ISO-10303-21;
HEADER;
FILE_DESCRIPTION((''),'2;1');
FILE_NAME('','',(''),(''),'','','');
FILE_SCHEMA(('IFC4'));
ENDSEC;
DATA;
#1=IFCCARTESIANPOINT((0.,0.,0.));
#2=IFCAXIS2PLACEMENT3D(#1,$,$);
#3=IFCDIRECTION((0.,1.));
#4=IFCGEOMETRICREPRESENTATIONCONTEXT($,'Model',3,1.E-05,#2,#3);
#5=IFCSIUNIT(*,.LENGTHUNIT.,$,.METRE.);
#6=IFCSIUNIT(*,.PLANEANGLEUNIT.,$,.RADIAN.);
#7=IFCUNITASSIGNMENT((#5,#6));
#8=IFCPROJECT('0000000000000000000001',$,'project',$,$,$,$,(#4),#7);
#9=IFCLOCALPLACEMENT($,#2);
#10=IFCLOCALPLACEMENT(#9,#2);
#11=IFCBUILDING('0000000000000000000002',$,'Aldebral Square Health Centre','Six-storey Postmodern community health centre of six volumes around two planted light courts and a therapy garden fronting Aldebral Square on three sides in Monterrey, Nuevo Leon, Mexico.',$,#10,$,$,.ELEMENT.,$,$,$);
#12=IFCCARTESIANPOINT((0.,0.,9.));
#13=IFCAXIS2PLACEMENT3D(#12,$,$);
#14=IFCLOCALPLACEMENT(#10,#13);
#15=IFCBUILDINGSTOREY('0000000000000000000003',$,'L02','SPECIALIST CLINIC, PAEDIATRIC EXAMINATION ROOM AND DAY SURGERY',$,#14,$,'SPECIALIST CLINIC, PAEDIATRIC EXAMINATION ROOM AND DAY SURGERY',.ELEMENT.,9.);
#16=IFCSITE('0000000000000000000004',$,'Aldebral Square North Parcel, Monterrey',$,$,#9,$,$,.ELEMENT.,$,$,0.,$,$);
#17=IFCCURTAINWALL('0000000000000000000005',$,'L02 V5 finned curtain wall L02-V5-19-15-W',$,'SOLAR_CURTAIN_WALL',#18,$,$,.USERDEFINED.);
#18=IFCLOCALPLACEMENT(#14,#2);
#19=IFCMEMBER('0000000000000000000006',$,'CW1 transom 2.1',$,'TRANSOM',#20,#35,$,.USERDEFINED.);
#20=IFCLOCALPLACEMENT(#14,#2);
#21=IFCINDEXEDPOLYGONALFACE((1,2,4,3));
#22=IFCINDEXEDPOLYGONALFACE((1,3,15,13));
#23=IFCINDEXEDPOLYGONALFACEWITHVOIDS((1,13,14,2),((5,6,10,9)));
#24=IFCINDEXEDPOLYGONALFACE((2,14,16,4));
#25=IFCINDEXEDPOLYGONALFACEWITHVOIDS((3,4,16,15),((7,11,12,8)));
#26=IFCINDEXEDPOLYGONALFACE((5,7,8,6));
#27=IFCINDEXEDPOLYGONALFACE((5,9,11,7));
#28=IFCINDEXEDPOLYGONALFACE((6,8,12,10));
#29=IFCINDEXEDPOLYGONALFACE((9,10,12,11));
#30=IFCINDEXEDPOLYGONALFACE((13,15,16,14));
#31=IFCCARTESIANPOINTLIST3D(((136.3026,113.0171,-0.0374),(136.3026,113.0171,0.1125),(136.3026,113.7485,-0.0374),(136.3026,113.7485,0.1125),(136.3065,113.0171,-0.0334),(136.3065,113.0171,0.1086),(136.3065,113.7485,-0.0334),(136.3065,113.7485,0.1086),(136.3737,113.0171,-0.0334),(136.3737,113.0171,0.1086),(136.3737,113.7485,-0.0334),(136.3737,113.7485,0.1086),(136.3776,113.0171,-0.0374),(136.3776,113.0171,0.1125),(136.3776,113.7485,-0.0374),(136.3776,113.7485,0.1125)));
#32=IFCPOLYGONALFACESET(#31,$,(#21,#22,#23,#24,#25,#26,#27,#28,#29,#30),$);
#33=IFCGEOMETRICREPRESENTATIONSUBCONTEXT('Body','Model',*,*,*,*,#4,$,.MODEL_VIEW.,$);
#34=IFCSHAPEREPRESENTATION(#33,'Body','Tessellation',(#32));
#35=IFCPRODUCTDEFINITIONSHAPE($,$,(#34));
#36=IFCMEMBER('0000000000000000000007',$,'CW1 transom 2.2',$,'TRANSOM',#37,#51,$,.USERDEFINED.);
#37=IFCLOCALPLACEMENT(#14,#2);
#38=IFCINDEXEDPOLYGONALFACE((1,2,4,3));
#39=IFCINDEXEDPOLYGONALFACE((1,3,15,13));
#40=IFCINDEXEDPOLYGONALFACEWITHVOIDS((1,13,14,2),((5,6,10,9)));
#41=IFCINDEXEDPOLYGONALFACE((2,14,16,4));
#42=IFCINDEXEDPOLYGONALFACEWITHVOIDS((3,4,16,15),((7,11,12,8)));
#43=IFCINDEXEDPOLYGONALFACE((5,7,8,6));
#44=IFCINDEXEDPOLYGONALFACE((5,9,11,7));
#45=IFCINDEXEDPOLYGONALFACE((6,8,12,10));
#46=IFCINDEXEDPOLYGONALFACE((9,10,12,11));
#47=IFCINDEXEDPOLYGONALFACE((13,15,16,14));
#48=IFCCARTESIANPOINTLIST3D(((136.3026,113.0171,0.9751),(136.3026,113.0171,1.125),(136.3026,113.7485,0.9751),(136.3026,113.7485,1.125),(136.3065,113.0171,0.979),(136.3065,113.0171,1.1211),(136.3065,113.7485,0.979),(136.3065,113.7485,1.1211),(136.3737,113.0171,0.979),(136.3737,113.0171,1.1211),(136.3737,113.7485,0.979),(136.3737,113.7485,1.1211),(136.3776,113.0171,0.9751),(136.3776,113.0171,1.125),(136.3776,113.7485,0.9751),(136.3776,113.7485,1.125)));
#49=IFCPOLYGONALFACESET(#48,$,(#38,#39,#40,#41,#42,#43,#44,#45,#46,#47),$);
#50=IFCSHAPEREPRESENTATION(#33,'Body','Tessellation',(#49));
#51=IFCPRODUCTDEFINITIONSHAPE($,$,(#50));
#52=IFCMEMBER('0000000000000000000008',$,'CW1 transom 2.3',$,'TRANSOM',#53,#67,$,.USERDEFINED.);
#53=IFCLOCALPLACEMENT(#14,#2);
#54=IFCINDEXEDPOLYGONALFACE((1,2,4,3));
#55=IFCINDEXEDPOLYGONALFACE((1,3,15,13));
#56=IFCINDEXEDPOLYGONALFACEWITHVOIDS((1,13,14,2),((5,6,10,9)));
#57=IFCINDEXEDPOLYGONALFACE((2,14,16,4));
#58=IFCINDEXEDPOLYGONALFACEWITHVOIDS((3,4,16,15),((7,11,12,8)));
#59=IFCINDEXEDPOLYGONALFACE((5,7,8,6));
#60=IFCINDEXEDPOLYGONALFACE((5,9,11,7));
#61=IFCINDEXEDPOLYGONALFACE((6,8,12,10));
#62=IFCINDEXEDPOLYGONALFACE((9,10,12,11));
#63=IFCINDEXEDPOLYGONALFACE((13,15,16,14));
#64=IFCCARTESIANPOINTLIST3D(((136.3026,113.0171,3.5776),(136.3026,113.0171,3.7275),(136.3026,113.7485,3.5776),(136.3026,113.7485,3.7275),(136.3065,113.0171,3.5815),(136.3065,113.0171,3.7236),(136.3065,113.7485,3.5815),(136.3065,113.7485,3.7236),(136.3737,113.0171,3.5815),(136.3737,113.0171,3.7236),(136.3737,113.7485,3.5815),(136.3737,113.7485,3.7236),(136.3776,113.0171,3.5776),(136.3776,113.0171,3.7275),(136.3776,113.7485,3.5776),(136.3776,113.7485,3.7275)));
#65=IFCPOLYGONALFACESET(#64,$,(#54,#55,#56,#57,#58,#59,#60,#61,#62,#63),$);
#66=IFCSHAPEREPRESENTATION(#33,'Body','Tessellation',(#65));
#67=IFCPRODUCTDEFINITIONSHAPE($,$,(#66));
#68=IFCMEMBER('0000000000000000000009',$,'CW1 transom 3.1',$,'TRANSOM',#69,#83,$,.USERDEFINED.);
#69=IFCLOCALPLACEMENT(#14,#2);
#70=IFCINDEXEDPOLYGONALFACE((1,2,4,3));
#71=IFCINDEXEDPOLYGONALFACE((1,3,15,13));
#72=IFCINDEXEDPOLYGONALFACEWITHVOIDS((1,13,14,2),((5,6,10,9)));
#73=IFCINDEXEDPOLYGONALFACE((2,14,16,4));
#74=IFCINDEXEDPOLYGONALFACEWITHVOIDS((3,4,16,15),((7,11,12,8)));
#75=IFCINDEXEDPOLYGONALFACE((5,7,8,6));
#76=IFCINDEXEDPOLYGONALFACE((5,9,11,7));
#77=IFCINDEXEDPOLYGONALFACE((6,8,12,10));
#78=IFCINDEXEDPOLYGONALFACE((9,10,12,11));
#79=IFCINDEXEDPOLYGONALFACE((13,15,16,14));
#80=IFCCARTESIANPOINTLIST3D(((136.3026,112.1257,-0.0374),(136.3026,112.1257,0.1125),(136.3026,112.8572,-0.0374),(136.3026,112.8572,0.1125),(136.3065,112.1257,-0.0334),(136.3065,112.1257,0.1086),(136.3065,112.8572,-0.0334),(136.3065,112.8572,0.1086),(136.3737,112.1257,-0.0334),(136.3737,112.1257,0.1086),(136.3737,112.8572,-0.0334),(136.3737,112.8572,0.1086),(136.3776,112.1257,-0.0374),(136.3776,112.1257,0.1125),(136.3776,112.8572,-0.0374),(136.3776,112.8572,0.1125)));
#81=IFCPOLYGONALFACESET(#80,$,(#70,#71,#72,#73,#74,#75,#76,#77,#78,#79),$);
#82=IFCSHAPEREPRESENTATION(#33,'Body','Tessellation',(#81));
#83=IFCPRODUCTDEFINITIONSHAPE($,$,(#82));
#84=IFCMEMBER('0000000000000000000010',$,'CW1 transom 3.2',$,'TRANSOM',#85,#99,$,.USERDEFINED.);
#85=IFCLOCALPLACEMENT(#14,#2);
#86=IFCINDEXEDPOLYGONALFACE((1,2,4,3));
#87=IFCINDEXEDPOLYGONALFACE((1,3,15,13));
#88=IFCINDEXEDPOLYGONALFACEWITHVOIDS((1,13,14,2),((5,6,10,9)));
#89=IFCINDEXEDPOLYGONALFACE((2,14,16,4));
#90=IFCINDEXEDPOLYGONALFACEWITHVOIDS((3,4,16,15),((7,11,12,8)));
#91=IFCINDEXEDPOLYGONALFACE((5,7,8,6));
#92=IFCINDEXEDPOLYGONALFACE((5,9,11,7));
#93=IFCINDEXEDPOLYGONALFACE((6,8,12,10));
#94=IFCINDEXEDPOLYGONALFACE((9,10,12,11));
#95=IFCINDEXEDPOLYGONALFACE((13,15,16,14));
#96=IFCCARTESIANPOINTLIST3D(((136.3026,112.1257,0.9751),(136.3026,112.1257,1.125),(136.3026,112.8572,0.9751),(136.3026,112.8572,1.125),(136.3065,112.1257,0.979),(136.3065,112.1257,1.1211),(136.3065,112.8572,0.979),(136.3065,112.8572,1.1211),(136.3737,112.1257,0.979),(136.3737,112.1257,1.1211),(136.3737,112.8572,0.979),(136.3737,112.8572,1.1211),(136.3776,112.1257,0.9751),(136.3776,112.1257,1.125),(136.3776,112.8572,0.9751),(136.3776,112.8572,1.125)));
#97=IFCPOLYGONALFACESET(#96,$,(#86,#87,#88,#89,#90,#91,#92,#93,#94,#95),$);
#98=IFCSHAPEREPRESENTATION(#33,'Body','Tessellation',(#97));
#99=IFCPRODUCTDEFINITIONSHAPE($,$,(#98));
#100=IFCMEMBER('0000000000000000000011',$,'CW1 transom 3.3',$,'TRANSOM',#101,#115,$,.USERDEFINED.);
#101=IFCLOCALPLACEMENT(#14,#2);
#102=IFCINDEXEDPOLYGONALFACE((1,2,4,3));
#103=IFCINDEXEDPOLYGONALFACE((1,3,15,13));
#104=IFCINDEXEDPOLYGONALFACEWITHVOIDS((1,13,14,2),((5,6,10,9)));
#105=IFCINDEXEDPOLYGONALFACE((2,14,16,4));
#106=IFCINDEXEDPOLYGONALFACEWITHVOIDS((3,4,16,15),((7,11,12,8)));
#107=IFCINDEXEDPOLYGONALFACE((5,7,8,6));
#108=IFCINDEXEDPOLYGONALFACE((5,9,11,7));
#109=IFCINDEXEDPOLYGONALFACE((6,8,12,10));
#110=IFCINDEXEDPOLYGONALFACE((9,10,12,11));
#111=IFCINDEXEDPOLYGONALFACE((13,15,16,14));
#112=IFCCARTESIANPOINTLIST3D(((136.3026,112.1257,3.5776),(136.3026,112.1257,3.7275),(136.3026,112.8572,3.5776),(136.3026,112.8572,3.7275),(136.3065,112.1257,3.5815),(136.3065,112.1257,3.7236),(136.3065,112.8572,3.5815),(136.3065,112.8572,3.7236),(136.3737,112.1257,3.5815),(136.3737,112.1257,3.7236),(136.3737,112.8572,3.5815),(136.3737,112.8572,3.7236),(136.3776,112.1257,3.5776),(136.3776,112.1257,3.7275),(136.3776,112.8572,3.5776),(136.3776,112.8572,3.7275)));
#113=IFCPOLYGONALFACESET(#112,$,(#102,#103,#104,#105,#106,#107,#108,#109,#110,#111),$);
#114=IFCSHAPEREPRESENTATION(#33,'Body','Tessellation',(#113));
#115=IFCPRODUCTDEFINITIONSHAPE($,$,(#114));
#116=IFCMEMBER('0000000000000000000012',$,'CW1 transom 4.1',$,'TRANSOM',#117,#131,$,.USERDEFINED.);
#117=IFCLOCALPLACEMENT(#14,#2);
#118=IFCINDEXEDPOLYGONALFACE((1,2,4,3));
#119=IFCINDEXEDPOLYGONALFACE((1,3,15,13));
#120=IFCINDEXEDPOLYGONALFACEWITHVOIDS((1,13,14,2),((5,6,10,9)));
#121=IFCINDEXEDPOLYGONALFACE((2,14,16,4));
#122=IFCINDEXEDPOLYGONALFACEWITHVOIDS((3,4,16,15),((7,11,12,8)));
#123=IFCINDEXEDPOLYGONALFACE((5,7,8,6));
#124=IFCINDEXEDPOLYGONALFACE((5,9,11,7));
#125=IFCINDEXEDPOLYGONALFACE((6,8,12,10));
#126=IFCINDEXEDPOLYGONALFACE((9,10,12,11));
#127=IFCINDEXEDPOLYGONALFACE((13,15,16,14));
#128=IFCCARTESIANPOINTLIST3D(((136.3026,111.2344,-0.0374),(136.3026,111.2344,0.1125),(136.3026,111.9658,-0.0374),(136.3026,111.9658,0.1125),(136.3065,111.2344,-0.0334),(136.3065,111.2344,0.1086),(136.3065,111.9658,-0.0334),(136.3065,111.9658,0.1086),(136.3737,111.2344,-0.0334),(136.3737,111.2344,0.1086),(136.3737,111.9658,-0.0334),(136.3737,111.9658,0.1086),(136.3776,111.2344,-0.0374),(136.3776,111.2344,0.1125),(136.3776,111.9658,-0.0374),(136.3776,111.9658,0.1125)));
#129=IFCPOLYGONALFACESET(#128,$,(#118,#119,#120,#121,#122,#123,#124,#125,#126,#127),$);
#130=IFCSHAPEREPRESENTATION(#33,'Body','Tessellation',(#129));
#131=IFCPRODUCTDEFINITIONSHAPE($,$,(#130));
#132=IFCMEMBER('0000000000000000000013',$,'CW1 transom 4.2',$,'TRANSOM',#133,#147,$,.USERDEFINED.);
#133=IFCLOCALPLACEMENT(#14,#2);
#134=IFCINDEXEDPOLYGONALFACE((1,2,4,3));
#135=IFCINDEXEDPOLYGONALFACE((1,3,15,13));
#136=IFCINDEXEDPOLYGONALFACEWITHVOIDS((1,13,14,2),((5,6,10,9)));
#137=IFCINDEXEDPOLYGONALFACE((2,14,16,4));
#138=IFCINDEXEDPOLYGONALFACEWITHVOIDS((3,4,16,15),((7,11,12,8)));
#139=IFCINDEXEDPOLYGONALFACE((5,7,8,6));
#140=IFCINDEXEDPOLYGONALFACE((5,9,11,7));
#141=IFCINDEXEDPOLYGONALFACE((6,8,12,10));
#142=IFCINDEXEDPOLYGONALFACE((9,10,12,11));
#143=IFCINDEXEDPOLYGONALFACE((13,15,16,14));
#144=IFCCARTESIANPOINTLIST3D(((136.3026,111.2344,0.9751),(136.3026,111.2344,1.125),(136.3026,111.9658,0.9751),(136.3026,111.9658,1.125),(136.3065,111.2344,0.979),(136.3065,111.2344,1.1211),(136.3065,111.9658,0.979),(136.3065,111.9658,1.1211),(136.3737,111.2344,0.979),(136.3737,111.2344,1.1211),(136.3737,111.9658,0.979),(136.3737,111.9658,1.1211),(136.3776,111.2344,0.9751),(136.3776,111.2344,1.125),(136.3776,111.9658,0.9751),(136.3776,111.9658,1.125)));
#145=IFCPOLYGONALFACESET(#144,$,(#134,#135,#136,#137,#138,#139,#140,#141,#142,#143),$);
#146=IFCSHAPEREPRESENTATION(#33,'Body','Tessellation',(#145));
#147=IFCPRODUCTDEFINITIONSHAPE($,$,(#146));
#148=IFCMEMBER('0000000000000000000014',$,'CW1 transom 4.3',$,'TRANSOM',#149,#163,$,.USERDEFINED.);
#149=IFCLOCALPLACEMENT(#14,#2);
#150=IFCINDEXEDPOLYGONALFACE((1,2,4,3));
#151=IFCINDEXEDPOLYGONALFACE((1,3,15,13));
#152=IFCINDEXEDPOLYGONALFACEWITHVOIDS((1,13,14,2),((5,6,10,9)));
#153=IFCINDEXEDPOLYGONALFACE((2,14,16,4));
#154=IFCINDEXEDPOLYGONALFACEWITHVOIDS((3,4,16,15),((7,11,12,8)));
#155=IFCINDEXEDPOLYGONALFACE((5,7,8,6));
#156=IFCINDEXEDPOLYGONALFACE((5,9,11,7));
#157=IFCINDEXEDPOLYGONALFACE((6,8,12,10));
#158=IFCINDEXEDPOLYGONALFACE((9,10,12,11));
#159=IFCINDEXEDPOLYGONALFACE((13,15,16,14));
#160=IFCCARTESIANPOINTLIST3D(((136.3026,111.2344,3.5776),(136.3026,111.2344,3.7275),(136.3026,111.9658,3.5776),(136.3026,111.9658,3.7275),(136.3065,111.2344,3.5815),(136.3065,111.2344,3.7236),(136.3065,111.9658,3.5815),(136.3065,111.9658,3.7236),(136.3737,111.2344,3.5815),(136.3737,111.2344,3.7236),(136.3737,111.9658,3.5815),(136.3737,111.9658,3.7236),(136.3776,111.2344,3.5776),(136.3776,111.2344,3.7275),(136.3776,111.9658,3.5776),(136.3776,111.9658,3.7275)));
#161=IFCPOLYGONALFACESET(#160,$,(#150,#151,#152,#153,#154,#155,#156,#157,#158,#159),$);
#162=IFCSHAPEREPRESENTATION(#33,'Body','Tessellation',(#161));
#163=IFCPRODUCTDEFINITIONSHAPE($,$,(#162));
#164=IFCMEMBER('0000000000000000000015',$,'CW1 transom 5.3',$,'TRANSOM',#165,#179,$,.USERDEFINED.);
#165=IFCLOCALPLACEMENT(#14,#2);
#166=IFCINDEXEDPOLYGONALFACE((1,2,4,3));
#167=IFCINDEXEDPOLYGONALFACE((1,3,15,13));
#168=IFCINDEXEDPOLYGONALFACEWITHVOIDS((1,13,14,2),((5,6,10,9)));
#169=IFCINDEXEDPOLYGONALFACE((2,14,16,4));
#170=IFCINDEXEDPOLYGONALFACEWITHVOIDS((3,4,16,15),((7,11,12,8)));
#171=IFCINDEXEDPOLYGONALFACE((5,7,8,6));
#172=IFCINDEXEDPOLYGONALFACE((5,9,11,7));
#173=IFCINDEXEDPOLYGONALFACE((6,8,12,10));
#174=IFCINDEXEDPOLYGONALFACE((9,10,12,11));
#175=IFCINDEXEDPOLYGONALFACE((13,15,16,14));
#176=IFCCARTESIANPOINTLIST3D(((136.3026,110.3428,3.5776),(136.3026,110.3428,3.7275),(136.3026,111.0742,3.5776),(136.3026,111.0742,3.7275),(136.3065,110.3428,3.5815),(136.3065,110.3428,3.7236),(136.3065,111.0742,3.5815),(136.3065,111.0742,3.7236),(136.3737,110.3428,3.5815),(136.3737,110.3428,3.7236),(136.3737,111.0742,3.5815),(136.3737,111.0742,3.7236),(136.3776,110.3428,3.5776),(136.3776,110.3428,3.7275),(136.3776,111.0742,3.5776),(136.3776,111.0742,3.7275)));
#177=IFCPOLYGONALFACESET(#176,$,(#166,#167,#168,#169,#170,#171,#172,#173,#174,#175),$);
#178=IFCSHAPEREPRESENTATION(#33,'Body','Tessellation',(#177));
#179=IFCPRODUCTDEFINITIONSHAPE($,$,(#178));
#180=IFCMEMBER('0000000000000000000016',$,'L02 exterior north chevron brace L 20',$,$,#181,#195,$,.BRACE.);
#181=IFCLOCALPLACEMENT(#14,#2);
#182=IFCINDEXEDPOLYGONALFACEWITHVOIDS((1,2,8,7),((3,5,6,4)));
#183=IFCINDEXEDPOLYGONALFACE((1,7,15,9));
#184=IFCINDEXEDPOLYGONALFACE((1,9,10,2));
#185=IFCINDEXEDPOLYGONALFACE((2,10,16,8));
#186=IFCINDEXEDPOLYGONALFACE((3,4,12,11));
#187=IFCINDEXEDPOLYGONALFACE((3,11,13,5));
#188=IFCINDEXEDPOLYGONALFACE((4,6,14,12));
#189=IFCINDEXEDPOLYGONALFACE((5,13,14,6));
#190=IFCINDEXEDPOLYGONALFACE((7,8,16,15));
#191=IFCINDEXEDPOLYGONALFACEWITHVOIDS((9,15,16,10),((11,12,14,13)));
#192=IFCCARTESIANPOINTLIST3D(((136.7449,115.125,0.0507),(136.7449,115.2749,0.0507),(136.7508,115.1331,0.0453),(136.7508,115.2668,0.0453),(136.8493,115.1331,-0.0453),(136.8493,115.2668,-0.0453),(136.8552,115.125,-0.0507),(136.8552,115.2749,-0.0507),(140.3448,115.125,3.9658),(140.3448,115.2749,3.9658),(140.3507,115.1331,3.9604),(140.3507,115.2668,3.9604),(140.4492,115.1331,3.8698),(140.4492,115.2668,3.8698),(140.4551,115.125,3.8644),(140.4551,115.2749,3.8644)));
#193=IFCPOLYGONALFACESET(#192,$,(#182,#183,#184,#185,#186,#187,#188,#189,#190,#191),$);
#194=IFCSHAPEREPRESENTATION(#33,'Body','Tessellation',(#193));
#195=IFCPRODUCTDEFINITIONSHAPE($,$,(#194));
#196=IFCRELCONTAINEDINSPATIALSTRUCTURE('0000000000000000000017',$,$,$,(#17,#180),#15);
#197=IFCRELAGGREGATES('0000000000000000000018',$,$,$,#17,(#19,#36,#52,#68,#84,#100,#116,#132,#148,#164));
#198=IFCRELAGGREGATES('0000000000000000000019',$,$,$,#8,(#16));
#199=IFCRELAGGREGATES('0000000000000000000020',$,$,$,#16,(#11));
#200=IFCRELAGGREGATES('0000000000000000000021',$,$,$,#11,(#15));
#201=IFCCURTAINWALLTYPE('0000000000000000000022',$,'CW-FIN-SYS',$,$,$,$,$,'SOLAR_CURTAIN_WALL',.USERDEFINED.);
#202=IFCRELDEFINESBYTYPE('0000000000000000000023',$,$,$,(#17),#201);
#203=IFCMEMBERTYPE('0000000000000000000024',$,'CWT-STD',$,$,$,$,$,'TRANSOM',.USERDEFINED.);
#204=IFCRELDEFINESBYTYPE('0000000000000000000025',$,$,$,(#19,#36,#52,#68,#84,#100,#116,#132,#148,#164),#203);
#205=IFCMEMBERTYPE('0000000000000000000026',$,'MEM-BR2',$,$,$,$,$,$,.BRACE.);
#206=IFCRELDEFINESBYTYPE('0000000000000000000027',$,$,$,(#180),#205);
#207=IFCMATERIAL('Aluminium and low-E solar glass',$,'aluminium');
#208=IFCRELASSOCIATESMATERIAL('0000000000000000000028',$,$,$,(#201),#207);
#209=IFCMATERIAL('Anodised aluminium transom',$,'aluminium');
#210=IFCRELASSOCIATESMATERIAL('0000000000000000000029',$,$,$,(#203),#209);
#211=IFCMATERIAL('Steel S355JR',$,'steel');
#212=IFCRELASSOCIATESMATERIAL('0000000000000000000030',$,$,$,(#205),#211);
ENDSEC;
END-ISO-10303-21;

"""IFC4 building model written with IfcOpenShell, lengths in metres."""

from ifc_helpers import new_model, si_unit, direction, frame, origin, origin_2d, place, context, subcontext, project, spatial, hollow_rectangle, extrude, material, material_profile, profile_set, type_object, element, aggregate, save


model = new_model("IFC4")

# Units and contexts
model_context = context("Model", 3, precision=1e-05, world=origin(), true_north=direction((0.0, 1.0)))
body_context = subcontext(model_context, "Body", "Model", "MODEL_VIEW")
ifc_project = project(units=[si_unit("LENGTHUNIT", "METRE"), si_unit("PLANEANGLEUNIT", "RADIAN")], contexts=[model_context])

# Site, building, storey
site_placement = place(None, origin())
site = spatial("IfcSite", under=ifc_project, at=site_placement, Name="Aldebral Square North Parcel, Monterrey", CompositionType="ELEMENT", RefElevation=0.0)
building_placement = place(site_placement, origin())
building = spatial("IfcBuilding", under=site, at=building_placement, Name="Aldebral Square Health Centre", Description="Six-storey Postmodern community health centre of six volumes around two planted light courts and a therapy garden fronting Aldebral Square on three sides in Monterrey, Nuevo Leon, Mexico.", CompositionType="ELEMENT")
storey_placement = place(building_placement, frame((0.0, 0.0, 9.0)))
storey = spatial("IfcBuildingStorey", under=building, at=storey_placement, Name="L02", Description="SPECIALIST CLINIC, PAEDIATRIC EXAMINATION ROOM AND DAY SURGERY", LongName="SPECIALIST CLINIC, PAEDIATRIC EXAMINATION ROOM AND DAY SURGERY", CompositionType="ELEMENT", Elevation=9.0)

# Curtain wall, members
ifc_material_1 = material(Name="Aluminium and low-E solar glass", Category="aluminium")
curtain_wall_type = type_object("IfcCurtainWallType", Name="CW-FIN-SYS", ElementType="SOLAR_CURTAIN_WALL", PredefinedType="USERDEFINED", material=ifc_material_1)
curtain_wall_placement = place(storey_placement, origin())
curtain_wall = element("IfcCurtainWall", 1, at=curtain_wall_placement, inside=storey, type_object=curtain_wall_type, Name="L02 V5 finned curtain wall L02-V5-19-15-W", ObjectType="SOLAR_CURTAIN_WALL", PredefinedType="USERDEFINED")
ifc_material_2 = material(Name="Anodised aluminium transom", Category="aluminium")
ifc_material_profile_1 = material_profile(ifc_material_2, hollow_rectangle(XDim=0.075, YDim=0.1499, WallThickness=0.0039, at=origin_2d()), Name="CWT 75x150x4")
ifc_profile_set_1 = profile_set([ifc_material_profile_1], Name="Anodised aluminium transom")
member_type_1 = type_object("IfcMemberType", Name="CWT-STD", ElementType="TRANSOM", PredefinedType="USERDEFINED", material=ifc_profile_set_1)
member_1_placement = place(storey_placement, frame((136.3401, 113.7485, 0.0376), z_axis=(0.0, -1.0, 0.0), x_axis=(1.0, 0.0, 0.0)))
member_1 = element("IfcMember", 2, at=member_1_placement, type_object=member_type_1, Name="CW1 transom 2.1", ObjectType="TRANSOM", PredefinedType="USERDEFINED", context=body_context, shape_type="SweptSolid", body=[
    extrude(hollow_rectangle(XDim=0.075, YDim=0.1499, WallThickness=0.0039, at=origin_2d()), origin(), (0.0, 0.0, 1.0), 0.7314),
])
member_2_placement = place(storey_placement, frame((136.3401, 113.7485, 1.05), z_axis=(0.0, -1.0, 0.0), x_axis=(1.0, 0.0, 0.0)))
member_2 = element("IfcMember", 3, at=member_2_placement, type_object=member_type_1, Name="CW1 transom 2.2", ObjectType="TRANSOM", PredefinedType="USERDEFINED", context=body_context, shape_type="SweptSolid", body=[
    extrude(hollow_rectangle(XDim=0.075, YDim=0.1499, WallThickness=0.0039, at=origin_2d()), origin(), (0.0, 0.0, 1.0), 0.7314),
])
member_3_placement = place(storey_placement, frame((136.3401, 113.7485, 3.6526), z_axis=(0.0, -1.0, 0.0), x_axis=(1.0, 0.0, 0.0)))
member_3 = element("IfcMember", 4, at=member_3_placement, type_object=member_type_1, Name="CW1 transom 2.3", ObjectType="TRANSOM", PredefinedType="USERDEFINED", context=body_context, shape_type="SweptSolid", body=[
    extrude(hollow_rectangle(XDim=0.075, YDim=0.1499, WallThickness=0.0039, at=origin_2d()), origin(), (0.0, 0.0, 1.0), 0.7314),
])
member_4_placement = place(storey_placement, frame((136.3401, 112.8572, 0.0376), z_axis=(0.0, -1.0, 0.0), x_axis=(1.0, 0.0, 0.0)))
member_4 = element("IfcMember", 5, at=member_4_placement, type_object=member_type_1, Name="CW1 transom 3.1", ObjectType="TRANSOM", PredefinedType="USERDEFINED", context=body_context, shape_type="SweptSolid", body=[
    extrude(hollow_rectangle(XDim=0.075, YDim=0.1499, WallThickness=0.0039, at=origin_2d()), origin(), (0.0, 0.0, 1.0), 0.7314),
])
member_5_placement = place(storey_placement, frame((136.3401, 112.8572, 1.05), z_axis=(0.0, -1.0, 0.0), x_axis=(1.0, 0.0, 0.0)))
member_5 = element("IfcMember", 6, at=member_5_placement, type_object=member_type_1, Name="CW1 transom 3.2", ObjectType="TRANSOM", PredefinedType="USERDEFINED", context=body_context, shape_type="SweptSolid", body=[
    extrude(hollow_rectangle(XDim=0.075, YDim=0.1499, WallThickness=0.0039, at=origin_2d()), origin(), (0.0, 0.0, 1.0), 0.7314),
])
member_6_placement = place(storey_placement, frame((136.3401, 112.8572, 3.6526), z_axis=(0.0, -1.0, 0.0), x_axis=(1.0, 0.0, 0.0)))
member_6 = element("IfcMember", 7, at=member_6_placement, type_object=member_type_1, Name="CW1 transom 3.3", ObjectType="TRANSOM", PredefinedType="USERDEFINED", context=body_context, shape_type="SweptSolid", body=[
    extrude(hollow_rectangle(XDim=0.075, YDim=0.1499, WallThickness=0.0039, at=origin_2d()), origin(), (0.0, 0.0, 1.0), 0.7314),
])
member_7_placement = place(storey_placement, frame((136.3401, 111.9658, 0.0376), z_axis=(0.0, -1.0, 0.0), x_axis=(1.0, 0.0, 0.0)))
member_7 = element("IfcMember", 8, at=member_7_placement, type_object=member_type_1, Name="CW1 transom 4.1", ObjectType="TRANSOM", PredefinedType="USERDEFINED", context=body_context, shape_type="SweptSolid", body=[
    extrude(hollow_rectangle(XDim=0.075, YDim=0.1499, WallThickness=0.0039, at=origin_2d()), origin(), (0.0, 0.0, 1.0), 0.7314),
])
member_8_placement = place(storey_placement, frame((136.3401, 111.9658, 1.05), z_axis=(0.0, -1.0, 0.0), x_axis=(1.0, 0.0, 0.0)))
member_8 = element("IfcMember", 9, at=member_8_placement, type_object=member_type_1, Name="CW1 transom 4.2", ObjectType="TRANSOM", PredefinedType="USERDEFINED", context=body_context, shape_type="SweptSolid", body=[
    extrude(hollow_rectangle(XDim=0.075, YDim=0.1499, WallThickness=0.0039, at=origin_2d()), origin(), (0.0, 0.0, 1.0), 0.7314),
])
member_9_placement = place(storey_placement, frame((136.3401, 111.9658, 3.6526), z_axis=(0.0, -1.0, 0.0), x_axis=(1.0, 0.0, 0.0)))
member_9 = element("IfcMember", 10, at=member_9_placement, type_object=member_type_1, Name="CW1 transom 4.3", ObjectType="TRANSOM", PredefinedType="USERDEFINED", context=body_context, shape_type="SweptSolid", body=[
    extrude(hollow_rectangle(XDim=0.075, YDim=0.1499, WallThickness=0.0039, at=origin_2d()), origin(), (0.0, 0.0, 1.0), 0.7314),
])
member_10_placement = place(storey_placement, frame((136.3401, 111.0742, 3.6526), z_axis=(0.0, -1.0, 0.0), x_axis=(1.0, 0.0, 0.0)))
member_10 = element("IfcMember", 11, at=member_10_placement, type_object=member_type_1, Name="CW1 transom 5.3", ObjectType="TRANSOM", PredefinedType="USERDEFINED", context=body_context, shape_type="SweptSolid", body=[
    extrude(hollow_rectangle(XDim=0.075, YDim=0.1499, WallThickness=0.0039, at=origin_2d()), origin(), (0.0, 0.0, 1.0), 0.7314),
])

# Member
ifc_material_3 = material(Name="Steel S355JR", Category="steel")
ifc_material_profile_2 = material_profile(ifc_material_3, hollow_rectangle(XDim=0.1499, YDim=0.1499, WallThickness=0.0081, at=origin_2d()), Name="150x150x8 SHS")
ifc_profile_set_2 = profile_set([ifc_material_profile_2], Name="Steel S355JR")
member_type_2 = type_object("IfcMemberType", Name="MEM-BR2", PredefinedType="BRACE", material=ifc_profile_set_2)
member_11_placement = place(storey_placement, frame((136.8, 115.2, 0.0), z_axis=(0.676855, 0.0, 0.736117), x_axis=(0.0, 1.0, 0.0)))
element("IfcMember", 12, at=member_11_placement, inside=storey, type_object=member_type_2, Name="L02 exterior north chevron brace L 20", PredefinedType="BRACE", context=body_context, shape_type="SweptSolid", body=[
    extrude(hollow_rectangle(XDim=0.1499, YDim=0.1499, WallThickness=0.0081, at=origin_2d()), origin(), (0.0, 0.0, 1.0), 5.3186),
])

aggregate(curtain_wall, [member_1, member_2, member_3, member_4, member_5, member_6, member_7, member_8, member_9, member_10])

save(model, "model.ifc")
